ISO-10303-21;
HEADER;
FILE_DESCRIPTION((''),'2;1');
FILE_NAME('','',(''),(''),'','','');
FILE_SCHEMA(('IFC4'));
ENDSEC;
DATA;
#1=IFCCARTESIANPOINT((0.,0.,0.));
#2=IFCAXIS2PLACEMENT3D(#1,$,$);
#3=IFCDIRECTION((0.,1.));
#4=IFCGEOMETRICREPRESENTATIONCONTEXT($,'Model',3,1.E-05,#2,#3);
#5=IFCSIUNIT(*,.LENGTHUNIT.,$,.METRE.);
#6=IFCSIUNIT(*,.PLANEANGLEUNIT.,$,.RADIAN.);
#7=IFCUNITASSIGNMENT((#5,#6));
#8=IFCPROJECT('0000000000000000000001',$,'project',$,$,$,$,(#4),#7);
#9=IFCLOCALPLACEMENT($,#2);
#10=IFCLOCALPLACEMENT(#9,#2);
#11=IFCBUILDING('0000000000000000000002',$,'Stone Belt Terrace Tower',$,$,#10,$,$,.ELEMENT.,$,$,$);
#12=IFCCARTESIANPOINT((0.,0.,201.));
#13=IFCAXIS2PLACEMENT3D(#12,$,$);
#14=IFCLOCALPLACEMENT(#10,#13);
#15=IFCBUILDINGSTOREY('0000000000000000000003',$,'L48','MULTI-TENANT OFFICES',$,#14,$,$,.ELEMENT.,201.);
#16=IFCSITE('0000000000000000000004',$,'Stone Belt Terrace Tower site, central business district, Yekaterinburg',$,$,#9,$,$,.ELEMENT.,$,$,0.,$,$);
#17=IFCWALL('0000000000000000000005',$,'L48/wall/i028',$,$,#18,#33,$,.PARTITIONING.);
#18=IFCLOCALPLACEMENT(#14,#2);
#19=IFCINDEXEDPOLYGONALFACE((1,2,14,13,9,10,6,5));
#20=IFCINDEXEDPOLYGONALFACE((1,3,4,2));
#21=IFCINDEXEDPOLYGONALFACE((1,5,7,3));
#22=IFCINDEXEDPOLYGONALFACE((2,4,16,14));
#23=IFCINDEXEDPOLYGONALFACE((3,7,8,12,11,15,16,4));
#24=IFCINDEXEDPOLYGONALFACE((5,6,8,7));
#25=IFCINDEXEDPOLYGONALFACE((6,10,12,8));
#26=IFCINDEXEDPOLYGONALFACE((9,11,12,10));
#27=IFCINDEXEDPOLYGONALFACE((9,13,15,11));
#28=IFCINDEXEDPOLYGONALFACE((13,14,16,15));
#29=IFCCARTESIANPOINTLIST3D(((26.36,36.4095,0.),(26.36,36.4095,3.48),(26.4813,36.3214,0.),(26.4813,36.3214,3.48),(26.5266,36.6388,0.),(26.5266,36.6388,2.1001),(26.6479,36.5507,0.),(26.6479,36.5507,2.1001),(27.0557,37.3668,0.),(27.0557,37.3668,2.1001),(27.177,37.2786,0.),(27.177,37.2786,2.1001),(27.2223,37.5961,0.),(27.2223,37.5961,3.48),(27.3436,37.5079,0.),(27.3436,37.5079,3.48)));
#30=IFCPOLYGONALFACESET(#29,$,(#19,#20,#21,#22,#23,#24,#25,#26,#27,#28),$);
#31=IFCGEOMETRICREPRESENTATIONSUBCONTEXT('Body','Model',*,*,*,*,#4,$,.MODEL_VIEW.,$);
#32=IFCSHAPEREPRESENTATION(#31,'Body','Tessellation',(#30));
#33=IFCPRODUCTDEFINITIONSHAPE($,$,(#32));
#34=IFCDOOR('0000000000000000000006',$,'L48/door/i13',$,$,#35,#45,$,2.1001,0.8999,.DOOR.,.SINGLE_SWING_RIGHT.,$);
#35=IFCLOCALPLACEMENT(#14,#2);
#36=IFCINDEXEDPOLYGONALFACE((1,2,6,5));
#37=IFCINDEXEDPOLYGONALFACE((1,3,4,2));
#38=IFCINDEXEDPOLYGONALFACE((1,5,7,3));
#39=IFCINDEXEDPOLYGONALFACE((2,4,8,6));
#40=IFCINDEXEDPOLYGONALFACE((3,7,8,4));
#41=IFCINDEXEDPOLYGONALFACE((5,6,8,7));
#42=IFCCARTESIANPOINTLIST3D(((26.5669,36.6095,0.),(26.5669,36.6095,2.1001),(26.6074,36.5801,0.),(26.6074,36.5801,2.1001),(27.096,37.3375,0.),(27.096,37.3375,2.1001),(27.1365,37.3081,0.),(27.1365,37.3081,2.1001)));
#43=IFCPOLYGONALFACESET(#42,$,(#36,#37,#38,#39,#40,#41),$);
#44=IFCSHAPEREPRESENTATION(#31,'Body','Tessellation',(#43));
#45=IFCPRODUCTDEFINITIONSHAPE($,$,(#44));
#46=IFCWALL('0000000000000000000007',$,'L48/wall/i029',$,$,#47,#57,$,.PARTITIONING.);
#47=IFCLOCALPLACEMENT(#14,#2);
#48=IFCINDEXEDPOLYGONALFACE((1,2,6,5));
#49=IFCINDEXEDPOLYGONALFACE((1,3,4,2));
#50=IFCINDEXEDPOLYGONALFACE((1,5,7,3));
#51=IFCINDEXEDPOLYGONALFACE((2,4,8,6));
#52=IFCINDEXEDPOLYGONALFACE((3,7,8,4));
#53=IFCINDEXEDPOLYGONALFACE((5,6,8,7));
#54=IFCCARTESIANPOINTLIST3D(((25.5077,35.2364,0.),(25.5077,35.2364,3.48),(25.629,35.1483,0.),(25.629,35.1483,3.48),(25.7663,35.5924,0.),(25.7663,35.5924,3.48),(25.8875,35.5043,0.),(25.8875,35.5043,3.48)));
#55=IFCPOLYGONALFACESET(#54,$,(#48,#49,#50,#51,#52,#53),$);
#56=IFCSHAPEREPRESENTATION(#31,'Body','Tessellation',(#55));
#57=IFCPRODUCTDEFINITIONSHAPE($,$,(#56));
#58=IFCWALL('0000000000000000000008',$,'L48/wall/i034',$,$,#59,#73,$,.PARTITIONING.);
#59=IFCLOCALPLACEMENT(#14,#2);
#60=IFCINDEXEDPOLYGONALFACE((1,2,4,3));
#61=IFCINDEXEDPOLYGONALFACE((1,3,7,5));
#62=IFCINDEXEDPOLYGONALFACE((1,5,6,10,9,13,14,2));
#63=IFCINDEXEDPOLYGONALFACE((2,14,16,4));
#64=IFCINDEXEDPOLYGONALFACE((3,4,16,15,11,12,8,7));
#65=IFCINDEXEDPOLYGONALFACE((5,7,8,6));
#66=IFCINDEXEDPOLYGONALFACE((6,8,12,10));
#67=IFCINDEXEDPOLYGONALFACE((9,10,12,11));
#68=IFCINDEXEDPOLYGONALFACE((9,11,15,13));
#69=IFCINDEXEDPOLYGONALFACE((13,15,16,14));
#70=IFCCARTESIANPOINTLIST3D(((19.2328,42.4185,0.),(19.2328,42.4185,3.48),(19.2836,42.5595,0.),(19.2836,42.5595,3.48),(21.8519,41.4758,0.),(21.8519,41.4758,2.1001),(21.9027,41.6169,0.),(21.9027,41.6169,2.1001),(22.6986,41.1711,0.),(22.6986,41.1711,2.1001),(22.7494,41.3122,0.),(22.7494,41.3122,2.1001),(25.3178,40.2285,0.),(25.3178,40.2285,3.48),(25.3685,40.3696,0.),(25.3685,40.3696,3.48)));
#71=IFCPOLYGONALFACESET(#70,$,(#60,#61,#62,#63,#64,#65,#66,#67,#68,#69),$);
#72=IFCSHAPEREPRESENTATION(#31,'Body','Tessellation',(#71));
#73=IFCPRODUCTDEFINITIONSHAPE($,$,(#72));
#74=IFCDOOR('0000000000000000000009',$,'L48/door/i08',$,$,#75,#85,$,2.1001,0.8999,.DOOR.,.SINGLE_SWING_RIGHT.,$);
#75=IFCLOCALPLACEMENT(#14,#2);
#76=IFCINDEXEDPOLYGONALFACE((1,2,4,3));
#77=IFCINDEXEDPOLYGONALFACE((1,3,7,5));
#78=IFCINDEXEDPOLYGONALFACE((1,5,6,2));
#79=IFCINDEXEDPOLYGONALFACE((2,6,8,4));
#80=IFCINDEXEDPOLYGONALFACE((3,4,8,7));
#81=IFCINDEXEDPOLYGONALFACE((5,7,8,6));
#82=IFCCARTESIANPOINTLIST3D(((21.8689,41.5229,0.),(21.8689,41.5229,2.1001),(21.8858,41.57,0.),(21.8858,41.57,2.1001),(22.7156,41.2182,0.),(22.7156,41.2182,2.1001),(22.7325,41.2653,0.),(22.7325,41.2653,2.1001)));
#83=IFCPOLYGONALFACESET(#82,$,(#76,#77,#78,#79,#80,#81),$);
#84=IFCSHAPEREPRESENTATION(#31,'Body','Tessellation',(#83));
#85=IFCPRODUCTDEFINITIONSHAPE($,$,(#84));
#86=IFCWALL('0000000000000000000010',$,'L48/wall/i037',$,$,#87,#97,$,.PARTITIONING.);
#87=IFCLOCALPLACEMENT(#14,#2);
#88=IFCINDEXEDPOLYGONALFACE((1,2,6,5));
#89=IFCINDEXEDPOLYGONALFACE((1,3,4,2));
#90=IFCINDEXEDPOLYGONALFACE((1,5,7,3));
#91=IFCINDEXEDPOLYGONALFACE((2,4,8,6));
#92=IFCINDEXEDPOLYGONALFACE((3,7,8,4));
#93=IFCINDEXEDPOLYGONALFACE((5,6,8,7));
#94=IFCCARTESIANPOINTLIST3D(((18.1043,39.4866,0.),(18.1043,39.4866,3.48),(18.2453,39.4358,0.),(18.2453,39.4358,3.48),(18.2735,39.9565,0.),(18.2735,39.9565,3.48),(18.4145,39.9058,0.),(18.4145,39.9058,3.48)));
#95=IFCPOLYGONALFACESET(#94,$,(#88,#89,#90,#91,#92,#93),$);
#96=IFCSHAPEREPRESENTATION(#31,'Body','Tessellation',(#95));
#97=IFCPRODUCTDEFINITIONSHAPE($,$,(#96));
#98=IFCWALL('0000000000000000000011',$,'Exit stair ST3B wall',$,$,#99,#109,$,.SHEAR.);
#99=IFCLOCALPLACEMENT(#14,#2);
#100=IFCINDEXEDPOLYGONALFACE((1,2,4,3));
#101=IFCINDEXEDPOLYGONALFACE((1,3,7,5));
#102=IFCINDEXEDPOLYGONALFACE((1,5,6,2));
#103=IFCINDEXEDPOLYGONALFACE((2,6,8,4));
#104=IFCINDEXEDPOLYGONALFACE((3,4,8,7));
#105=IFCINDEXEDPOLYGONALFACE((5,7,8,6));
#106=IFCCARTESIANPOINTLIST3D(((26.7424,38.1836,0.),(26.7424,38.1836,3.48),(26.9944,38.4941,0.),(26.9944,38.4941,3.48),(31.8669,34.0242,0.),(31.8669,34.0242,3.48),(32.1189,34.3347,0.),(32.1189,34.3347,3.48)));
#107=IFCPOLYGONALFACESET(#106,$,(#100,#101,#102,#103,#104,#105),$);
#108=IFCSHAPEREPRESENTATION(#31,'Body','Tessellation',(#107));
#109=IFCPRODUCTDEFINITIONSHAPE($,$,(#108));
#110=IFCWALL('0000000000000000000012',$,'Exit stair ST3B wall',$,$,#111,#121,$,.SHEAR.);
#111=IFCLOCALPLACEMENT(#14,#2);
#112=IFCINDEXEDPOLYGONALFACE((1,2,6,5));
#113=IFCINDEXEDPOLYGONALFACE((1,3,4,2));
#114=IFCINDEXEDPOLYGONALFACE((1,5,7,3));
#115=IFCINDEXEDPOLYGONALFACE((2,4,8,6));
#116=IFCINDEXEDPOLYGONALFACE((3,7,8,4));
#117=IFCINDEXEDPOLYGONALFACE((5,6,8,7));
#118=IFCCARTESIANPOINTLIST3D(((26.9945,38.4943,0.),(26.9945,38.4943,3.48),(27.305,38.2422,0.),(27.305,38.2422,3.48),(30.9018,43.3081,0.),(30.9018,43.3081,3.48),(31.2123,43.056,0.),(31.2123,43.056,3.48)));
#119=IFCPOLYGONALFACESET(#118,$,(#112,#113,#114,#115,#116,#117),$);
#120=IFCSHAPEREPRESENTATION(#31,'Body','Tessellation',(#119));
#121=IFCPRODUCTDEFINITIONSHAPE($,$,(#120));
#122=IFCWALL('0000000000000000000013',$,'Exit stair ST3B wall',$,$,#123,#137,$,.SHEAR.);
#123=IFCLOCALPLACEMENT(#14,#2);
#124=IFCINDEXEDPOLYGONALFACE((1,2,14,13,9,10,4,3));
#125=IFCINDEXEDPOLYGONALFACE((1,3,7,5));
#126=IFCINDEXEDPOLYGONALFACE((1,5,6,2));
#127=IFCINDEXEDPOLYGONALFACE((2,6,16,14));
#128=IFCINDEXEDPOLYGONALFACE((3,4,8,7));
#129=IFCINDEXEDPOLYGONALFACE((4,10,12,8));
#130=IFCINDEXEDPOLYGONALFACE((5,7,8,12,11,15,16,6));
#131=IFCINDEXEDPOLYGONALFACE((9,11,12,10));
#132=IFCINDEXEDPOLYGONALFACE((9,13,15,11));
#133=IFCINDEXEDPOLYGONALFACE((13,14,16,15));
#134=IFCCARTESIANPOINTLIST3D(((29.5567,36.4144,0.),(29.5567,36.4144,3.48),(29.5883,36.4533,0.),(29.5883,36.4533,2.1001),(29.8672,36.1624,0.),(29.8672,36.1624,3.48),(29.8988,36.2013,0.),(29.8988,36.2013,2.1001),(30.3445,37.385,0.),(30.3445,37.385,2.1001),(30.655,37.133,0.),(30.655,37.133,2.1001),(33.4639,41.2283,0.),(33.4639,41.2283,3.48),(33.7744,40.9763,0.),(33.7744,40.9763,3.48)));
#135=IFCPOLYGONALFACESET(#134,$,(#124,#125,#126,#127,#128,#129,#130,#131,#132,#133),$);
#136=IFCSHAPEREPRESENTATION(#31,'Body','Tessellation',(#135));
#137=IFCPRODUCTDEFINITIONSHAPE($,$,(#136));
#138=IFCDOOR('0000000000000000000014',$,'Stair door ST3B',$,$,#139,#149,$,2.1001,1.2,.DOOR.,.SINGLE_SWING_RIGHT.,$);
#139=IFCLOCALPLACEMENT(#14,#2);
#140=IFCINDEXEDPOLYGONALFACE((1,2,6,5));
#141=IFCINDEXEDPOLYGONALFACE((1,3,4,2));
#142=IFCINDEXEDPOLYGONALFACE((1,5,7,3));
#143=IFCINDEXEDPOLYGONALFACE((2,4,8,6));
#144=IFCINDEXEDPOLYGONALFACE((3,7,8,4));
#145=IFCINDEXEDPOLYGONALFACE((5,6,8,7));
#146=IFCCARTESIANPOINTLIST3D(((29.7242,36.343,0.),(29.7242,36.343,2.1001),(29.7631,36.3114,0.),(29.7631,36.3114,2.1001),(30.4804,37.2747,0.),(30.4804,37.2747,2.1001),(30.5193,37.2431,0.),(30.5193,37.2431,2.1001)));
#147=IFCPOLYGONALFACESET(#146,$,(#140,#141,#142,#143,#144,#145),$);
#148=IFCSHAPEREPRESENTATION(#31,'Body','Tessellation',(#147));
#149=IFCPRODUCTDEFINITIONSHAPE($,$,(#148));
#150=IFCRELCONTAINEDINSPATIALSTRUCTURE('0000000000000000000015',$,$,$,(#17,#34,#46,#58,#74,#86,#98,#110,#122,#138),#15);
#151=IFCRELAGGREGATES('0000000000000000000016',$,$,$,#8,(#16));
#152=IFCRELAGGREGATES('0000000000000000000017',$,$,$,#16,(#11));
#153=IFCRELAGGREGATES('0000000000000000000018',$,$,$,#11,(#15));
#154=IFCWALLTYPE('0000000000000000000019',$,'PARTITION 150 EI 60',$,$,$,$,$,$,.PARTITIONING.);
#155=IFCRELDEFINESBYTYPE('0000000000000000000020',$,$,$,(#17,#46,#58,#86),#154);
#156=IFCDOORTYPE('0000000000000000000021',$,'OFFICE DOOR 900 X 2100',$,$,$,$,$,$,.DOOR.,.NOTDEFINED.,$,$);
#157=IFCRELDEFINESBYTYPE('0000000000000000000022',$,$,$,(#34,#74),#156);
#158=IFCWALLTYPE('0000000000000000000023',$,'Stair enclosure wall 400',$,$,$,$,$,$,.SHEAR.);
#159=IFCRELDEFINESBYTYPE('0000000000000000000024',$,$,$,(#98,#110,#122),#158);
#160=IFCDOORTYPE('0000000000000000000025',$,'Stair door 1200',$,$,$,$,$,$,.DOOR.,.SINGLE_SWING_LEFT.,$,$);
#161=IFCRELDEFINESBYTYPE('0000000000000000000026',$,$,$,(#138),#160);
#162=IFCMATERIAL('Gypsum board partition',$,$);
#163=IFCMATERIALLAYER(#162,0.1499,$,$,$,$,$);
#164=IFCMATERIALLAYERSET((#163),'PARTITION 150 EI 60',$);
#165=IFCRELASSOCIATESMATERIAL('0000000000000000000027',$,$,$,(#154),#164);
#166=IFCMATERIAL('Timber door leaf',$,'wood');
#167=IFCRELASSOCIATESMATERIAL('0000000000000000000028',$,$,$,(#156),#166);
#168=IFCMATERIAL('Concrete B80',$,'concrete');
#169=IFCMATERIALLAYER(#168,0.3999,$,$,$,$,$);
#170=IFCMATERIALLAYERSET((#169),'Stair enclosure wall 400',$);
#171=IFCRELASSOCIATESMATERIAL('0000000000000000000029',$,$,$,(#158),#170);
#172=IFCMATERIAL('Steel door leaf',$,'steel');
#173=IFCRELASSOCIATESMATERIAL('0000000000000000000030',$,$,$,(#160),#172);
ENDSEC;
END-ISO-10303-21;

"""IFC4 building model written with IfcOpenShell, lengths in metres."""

from ifc_helpers import new_model, si_unit, direction, frame, frame_2d, origin, place, context, subcontext, project, spatial, rectangle, extrude, material, layer, layer_set, type_object, element, fill, save


model = new_model("IFC4")

# Units and contexts
model_context = context("Model", 3, precision=1e-05, world=origin(), true_north=direction((0.0, 1.0)))
body_context = subcontext(model_context, "Body", "Model", "MODEL_VIEW")
ifc_project = project(units=[si_unit("LENGTHUNIT", "METRE"), si_unit("PLANEANGLEUNIT", "RADIAN")], contexts=[model_context])

# Site, building, storey
site_placement = place(None, origin())
site = spatial("IfcSite", under=ifc_project, at=site_placement, Name="Stone Belt Terrace Tower site, central business district, Yekaterinburg", CompositionType="ELEMENT", RefElevation=0.0)
building_placement = place(site_placement, origin())
building = spatial("IfcBuilding", under=site, at=building_placement, Name="Stone Belt Terrace Tower", CompositionType="ELEMENT")
storey_placement = place(building_placement, frame((0.0, 0.0, 201.0)))
storey = spatial("IfcBuildingStorey", under=building, at=storey_placement, Name="L48", Description="MULTI-TENANT OFFICES", CompositionType="ELEMENT", Elevation=201.0)

# Shared definitions
ifc_material_1 = material(Name="Gypsum board partition")
ifc_layer_1 = layer(ifc_material_1, 0.1499)
ifc_layer_set_1 = layer_set([ifc_layer_1], Name="PARTITION 150 EI 60")
wall_type_1 = type_object("IfcWallType", Name="PARTITION 150 EI 60", PredefinedType="PARTITIONING", material=ifc_layer_set_1)

# Wall, opening, door
wall_1_placement = place(storey_placement, frame((27.283, 37.552, 0.0), z_axis=(0.0, 0.0, 1.0), x_axis=(-0.587895, -0.808938, 0.0)))
wall_1 = element("IfcWall", 1, at=wall_1_placement, inside=storey, type_object=wall_type_1, Name="L48/wall/i028", PredefinedType="PARTITIONING", context=body_context, shape_type="SweptSolid", body=[
    extrude(rectangle(XDim=1.4668, YDim=0.1499, at=frame_2d((0.7334, 0.0))), origin(), (0.0, 0.0, 1.0), 3.48),
])
opening_1_placement = place(wall_1_placement, frame((0.2834, 0.0, 0.0)))
opening_1 = element("IfcOpeningElement", 2, at=opening_1_placement, cuts=wall_1, PredefinedType="OPENING", context=body_context, shape_type="SweptSolid", body=[
    extrude(rectangle(XDim=0.8999, YDim=2.1001, at=frame_2d((0.45, 1.05))), frame((0.0, 0.085, 0.0), z_axis=(0.0, -1.0, 0.0), x_axis=(1.0, 0.0, 0.0)), (0.0, 0.0, 1.0), 0.1699),
])
ifc_material_2 = material(Name="Timber door leaf", Category="wood")
door_type_1 = type_object("IfcDoorType", Name="OFFICE DOOR 900 X 2100", OperationType="NOTDEFINED", PredefinedType="DOOR", material=ifc_material_2)
door_1_placement = place(opening_1_placement, origin())
door_1 = element("IfcDoor", 3, at=door_1_placement, inside=storey, type_object=door_type_1, Name="L48/door/i13", OperationType="SINGLE_SWING_RIGHT", OverallHeight=2.1001, OverallWidth=0.8999, PredefinedType="DOOR", context=body_context, shape_type="SweptSolid", body=[
    extrude(rectangle(XDim=0.8999, YDim=2.1001, at=frame_2d((0.45, 1.05))), frame((0.0, 0.0249, 0.0), z_axis=(0.0, -1.0, 0.0), x_axis=(1.0, 0.0, 0.0)), (0.0, 0.0, 1.0), 0.05),
])
fill(opening_1, door_1)

# Wall
wall_2_placement = place(storey_placement, frame((25.8269, 35.5483, 0.0), z_axis=(0.0, 0.0, 1.0), x_axis=(-0.587677, -0.809096, 0.0)))
element("IfcWall", 4, at=wall_2_placement, inside=storey, type_object=wall_type_1, Name="L48/wall/i029", PredefinedType="PARTITIONING", context=body_context, shape_type="SweptSolid", body=[
    extrude(rectangle(XDim=0.4399, YDim=0.1499, at=frame_2d((0.22, 0.0))), origin(), (0.0, 0.0, 1.0), 3.48),
])

# Wall, opening, door
wall_3_placement = place(storey_placement, frame((25.343, 40.2991, 0.0), z_axis=(0.0, 0.0, 1.0), x_axis=(-0.940919, 0.338631, 0.0)))
wall_3 = element("IfcWall", 5, at=wall_3_placement, inside=storey, type_object=wall_type_1, Name="L48/wall/i034", PredefinedType="PARTITIONING", context=body_context, shape_type="SweptSolid", body=[
    extrude(rectangle(XDim=6.467, YDim=0.1499, at=frame_2d((3.2334, 0.0))), origin(), (0.0, 0.0, 1.0), 3.48),
])
opening_2_placement = place(wall_3_placement, frame((2.7834, 0.0, 0.0)))
opening_2 = element("IfcOpeningElement", 6, at=opening_2_placement, cuts=wall_3, PredefinedType="OPENING", context=body_context, shape_type="SweptSolid", body=[
    extrude(rectangle(XDim=0.8999, YDim=2.1001, at=frame_2d((0.45, 1.05))), frame((0.0, 0.085, 0.0), z_axis=(0.0, -1.0, 0.0), x_axis=(1.0, 0.0, 0.0)), (0.0, 0.0, 1.0), 0.1699),
])
door_2_placement = place(opening_2_placement, origin())
door_2 = element("IfcDoor", 7, at=door_2_placement, inside=storey, type_object=door_type_1, Name="L48/door/i08", OperationType="SINGLE_SWING_RIGHT", OverallHeight=2.1001, OverallWidth=0.8999, PredefinedType="DOOR", context=body_context, shape_type="SweptSolid", body=[
    extrude(rectangle(XDim=0.8999, YDim=2.1001, at=frame_2d((0.45, 1.05))), frame((0.0, 0.0249, 0.0), z_axis=(0.0, -1.0, 0.0), x_axis=(1.0, 0.0, 0.0)), (0.0, 0.0, 1.0), 0.05),
])
fill(opening_2, door_2)

# Walls
wall_4_placement = place(storey_placement, frame((18.344, 39.9312, 0.0), z_axis=(0.0, 0.0, 1.0), x_axis=(-0.338719, -0.940887, 0.0)))
element("IfcWall", 8, at=wall_4_placement, inside=storey, type_object=wall_type_1, Name="L48/wall/i037", PredefinedType="PARTITIONING", context=body_context, shape_type="SweptSolid", body=[
    extrude(rectangle(XDim=0.4995, YDim=0.1499, at=frame_2d((0.2498, 0.0))), origin(), (0.0, 0.0, 1.0), 3.48),
])
ifc_material_3 = material(Name="Concrete B80", Category="concrete")
ifc_layer_2 = layer(ifc_material_3, 0.3999)
ifc_layer_set_2 = layer_set([ifc_layer_2], Name="Stair enclosure wall 400")
wall_type_2 = type_object("IfcWallType", Name="Stair enclosure wall 400", PredefinedType="SHEAR", material=ifc_layer_set_2)
wall_5_placement = place(storey_placement, frame((26.8684, 38.3389, 0.0), z_axis=(0.0, 0.0, 1.0), x_axis=(0.776428, -0.630205, 0.0)))
element("IfcWall", 9, at=wall_5_placement, inside=storey, type_object=wall_type_2, Name="Exit stair ST3B wall", PredefinedType="SHEAR", context=body_context, shape_type="SweptSolid", body=[
    extrude(rectangle(XDim=6.6001, YDim=0.3999, at=frame_2d((3.3, 0.0))), origin(), (0.0, 0.0, 1.0), 3.48),
])
wall_6_placement = place(storey_placement, frame((27.1497, 38.3682, 0.0), z_axis=(0.0, 0.0, 1.0), x_axis=(0.630212, 0.776423, 0.0)))
element("IfcWall", 10, at=wall_6_placement, inside=storey, type_object=wall_type_2, Name="Exit stair ST3B wall", PredefinedType="SHEAR", context=body_context, shape_type="SweptSolid", body=[
    extrude(rectangle(XDim=6.2, YDim=0.3999, at=frame_2d((3.1001, 0.0))), origin(), (0.0, 0.0, 1.0), 3.48),
])

# Wall, opening, door
wall_7_placement = place(storey_placement, frame((29.7119, 36.2883, 0.0), z_axis=(0.0, 0.0, 1.0), x_axis=(0.630192, 0.776439, 0.0)))
wall_7 = element("IfcWall", 11, at=wall_7_placement, inside=storey, type_object=wall_type_2, Name="Exit stair ST3B wall", PredefinedType="SHEAR", context=body_context, shape_type="SweptSolid", body=[
    extrude(rectangle(XDim=6.2, YDim=0.3999, at=frame_2d((3.1001, 0.0))), origin(), (0.0, 0.0, 1.0), 3.48),
])
opening_3_placement = place(wall_7_placement, frame((0.05, 0.0, 0.0)))
opening_3 = element("IfcOpeningElement", 12, at=opening_3_placement, cuts=wall_7, PredefinedType="OPENING", context=body_context, shape_type="SweptSolid", body=[
    extrude(rectangle(XDim=1.2, YDim=2.1001, at=frame_2d((0.6001, 1.05))), frame((0.0, 0.21, 0.0), z_axis=(0.0, -1.0, 0.0), x_axis=(1.0, 0.0, 0.0)), (0.0, 0.0, 1.0), 0.4199),
])
ifc_material_4 = material(Name="Steel door leaf", Category="steel")
door_type_2 = type_object("IfcDoorType", Name="Stair door 1200", OperationType="SINGLE_SWING_LEFT", PredefinedType="DOOR", material=ifc_material_4)
door_3_placement = place(opening_3_placement, origin())
door_3 = element("IfcDoor", 13, at=door_3_placement, inside=storey, type_object=door_type_2, Name="Stair door ST3B", OperationType="SINGLE_SWING_RIGHT", OverallHeight=2.1001, OverallWidth=1.2, PredefinedType="DOOR", context=body_context, shape_type="SweptSolid", body=[
    extrude(rectangle(XDim=1.2, YDim=2.1001, at=frame_2d((0.6001, 1.05))), frame((0.0, 0.0249, 0.0), z_axis=(0.0, -1.0, 0.0), x_axis=(1.0, 0.0, 0.0)), (0.0, 0.0, 1.0), 0.05),
])
fill(opening_3, door_3)

save(model, "model.ifc")
